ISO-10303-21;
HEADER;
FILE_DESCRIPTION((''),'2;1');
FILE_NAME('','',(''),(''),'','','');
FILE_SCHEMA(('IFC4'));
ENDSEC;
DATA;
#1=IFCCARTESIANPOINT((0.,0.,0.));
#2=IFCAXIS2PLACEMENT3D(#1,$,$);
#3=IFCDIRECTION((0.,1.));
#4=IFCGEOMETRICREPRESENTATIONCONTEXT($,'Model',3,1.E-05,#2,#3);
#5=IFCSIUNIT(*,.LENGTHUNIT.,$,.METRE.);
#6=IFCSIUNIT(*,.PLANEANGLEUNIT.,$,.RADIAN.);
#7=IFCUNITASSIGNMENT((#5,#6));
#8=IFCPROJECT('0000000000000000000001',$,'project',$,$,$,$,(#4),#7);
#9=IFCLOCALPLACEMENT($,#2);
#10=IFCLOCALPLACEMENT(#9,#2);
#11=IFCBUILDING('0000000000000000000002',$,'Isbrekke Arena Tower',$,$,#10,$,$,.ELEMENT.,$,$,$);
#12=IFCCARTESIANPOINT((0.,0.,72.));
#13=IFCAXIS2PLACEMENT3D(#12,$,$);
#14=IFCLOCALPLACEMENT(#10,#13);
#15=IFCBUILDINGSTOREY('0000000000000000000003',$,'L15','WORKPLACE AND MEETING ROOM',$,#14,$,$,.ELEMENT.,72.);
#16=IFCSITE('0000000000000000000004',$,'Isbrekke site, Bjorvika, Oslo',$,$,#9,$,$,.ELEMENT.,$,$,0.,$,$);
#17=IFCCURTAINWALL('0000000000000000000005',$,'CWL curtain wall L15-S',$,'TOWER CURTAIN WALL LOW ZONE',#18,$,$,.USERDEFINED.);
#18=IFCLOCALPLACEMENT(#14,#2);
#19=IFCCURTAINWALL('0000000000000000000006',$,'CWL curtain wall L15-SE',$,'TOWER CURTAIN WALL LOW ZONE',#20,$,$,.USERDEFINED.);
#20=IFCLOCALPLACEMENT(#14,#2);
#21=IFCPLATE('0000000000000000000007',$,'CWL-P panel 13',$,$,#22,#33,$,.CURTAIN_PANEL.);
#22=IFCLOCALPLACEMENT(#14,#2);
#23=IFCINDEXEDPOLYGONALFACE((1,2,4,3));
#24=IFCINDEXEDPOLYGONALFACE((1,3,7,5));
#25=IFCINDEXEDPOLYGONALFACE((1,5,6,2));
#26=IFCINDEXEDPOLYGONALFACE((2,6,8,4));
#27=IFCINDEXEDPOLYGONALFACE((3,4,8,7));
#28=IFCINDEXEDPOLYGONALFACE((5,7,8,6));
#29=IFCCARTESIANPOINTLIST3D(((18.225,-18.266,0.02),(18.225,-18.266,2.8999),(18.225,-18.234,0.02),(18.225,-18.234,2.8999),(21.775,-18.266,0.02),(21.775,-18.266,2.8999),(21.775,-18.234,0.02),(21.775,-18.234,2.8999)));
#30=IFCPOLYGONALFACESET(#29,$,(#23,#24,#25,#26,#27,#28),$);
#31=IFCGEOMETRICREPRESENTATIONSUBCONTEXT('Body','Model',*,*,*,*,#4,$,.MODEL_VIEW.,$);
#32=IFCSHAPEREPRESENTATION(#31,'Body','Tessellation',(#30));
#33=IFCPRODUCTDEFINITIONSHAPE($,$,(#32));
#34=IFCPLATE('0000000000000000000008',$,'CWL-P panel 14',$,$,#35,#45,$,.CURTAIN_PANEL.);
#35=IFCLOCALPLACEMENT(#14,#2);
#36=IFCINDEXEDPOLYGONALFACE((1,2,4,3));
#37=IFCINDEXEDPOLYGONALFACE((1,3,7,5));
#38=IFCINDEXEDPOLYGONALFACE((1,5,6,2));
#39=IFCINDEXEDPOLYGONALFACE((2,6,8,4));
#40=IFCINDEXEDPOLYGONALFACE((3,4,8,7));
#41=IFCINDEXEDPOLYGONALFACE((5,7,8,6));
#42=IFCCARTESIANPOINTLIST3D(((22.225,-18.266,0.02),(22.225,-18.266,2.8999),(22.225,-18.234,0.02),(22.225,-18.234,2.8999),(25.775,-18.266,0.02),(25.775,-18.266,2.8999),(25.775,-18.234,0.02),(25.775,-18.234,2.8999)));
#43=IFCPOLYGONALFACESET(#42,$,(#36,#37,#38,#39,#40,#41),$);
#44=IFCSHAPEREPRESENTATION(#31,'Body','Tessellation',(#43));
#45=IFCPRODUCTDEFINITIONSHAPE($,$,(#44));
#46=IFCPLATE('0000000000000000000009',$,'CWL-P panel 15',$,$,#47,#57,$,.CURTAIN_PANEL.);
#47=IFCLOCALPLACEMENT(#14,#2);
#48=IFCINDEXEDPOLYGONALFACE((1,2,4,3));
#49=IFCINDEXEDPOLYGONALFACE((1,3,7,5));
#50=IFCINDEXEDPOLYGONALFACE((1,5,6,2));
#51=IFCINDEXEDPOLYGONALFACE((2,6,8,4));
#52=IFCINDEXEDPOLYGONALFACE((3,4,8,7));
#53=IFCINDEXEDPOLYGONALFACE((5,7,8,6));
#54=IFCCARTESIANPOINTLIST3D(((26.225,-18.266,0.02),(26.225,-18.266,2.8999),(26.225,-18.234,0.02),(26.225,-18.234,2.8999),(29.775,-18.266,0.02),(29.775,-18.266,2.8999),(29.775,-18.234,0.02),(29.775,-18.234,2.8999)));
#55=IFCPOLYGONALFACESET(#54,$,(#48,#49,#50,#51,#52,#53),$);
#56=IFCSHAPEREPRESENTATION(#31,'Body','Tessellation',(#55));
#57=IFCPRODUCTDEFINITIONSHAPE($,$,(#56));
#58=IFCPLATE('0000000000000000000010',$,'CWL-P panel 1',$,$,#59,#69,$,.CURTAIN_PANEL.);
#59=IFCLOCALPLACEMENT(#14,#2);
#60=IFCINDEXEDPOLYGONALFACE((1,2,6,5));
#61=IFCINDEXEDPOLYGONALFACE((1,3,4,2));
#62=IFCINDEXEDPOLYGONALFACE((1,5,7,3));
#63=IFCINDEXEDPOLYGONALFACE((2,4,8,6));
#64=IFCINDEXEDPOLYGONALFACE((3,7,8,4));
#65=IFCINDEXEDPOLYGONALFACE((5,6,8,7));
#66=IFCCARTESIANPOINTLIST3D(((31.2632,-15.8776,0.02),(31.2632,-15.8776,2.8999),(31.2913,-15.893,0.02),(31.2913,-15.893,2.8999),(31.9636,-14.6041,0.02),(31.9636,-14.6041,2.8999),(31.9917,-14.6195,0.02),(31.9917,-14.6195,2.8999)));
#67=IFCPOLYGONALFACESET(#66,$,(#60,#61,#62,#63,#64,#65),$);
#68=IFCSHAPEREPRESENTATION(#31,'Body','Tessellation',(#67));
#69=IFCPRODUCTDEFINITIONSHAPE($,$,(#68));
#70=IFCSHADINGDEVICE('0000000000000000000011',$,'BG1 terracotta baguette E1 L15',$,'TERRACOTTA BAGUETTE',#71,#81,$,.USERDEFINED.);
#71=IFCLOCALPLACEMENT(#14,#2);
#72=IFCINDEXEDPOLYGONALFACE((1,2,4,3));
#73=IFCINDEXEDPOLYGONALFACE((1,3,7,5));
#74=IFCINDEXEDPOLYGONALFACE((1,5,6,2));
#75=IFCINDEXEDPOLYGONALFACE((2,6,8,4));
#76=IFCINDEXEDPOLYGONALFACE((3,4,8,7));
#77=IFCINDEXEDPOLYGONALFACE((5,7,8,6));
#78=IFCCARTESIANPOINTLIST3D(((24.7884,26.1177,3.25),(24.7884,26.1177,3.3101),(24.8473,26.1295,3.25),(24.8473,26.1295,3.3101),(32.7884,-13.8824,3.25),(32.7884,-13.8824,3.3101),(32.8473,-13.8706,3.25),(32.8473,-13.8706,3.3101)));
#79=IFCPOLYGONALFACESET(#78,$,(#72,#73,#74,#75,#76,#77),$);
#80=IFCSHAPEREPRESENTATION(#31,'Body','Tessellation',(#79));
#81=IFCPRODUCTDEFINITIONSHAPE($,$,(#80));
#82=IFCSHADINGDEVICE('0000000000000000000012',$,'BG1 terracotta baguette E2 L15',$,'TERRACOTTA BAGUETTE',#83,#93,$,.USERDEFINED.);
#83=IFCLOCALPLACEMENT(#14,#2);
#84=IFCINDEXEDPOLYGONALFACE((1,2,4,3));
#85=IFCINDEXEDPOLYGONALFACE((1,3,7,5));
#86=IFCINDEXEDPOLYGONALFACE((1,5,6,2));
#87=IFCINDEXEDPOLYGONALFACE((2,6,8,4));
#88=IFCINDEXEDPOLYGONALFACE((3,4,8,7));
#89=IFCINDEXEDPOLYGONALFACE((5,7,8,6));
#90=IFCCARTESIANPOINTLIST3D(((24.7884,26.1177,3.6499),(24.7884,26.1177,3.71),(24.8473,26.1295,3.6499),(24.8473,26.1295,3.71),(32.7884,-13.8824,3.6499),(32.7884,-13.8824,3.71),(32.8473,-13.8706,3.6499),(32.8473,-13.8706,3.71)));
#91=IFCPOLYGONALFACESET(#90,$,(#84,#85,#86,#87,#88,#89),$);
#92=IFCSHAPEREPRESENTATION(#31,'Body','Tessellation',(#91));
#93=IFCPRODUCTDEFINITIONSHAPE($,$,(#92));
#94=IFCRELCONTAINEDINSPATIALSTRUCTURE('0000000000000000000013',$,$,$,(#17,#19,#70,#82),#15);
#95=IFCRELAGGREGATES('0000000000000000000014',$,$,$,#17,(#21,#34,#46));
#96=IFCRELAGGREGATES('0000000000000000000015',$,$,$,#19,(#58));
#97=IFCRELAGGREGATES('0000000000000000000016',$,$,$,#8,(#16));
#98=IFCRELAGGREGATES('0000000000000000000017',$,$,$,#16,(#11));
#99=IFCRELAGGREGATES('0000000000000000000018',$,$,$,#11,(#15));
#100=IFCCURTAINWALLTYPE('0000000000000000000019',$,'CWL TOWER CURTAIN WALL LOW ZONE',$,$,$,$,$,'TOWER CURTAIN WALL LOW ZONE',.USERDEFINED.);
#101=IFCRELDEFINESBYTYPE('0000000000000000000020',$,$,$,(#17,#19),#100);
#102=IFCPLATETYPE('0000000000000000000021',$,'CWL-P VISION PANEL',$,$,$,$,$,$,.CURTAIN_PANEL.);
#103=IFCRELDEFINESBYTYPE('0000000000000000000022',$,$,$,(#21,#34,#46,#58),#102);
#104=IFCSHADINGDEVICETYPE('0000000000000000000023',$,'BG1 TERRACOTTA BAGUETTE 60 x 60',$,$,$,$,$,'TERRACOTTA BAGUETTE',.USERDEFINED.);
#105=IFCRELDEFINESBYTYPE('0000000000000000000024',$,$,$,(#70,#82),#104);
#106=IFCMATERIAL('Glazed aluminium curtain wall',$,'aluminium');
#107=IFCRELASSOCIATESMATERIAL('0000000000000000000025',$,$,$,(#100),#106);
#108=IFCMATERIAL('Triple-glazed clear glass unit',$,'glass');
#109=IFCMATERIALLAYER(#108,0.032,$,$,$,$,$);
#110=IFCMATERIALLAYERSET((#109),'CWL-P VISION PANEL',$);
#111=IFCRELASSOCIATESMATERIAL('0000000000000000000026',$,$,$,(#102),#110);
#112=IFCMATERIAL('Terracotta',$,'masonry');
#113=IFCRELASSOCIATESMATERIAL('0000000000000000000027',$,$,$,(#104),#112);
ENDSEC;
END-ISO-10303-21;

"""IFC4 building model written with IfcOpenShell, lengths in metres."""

from ifc_helpers import new_model, si_unit, direction, frame, origin, origin_2d, place, context, subcontext, project, spatial, rectangle, extrude, material, layer, layer_set, material_profile, profile_set, type_object, element, aggregate, save


model = new_model("IFC4")

# Units and contexts
model_context = context("Model", 3, precision=1e-05, world=origin(), true_north=direction((0.0, 1.0)))
body_context = subcontext(model_context, "Body", "Model", "MODEL_VIEW")
ifc_project = project(units=[si_unit("LENGTHUNIT", "METRE"), si_unit("PLANEANGLEUNIT", "RADIAN")], contexts=[model_context])

# Site, building, storey
site_placement = place(None, origin())
site = spatial("IfcSite", under=ifc_project, at=site_placement, Name="Isbrekke site, Bjorvika, Oslo", CompositionType="ELEMENT", RefElevation=0.0)
building_placement = place(site_placement, origin())
building = spatial("IfcBuilding", under=site, at=building_placement, Name="Isbrekke Arena Tower", CompositionType="ELEMENT")
storey_placement = place(building_placement, frame((0.0, 0.0, 72.0)))
storey = spatial("IfcBuildingStorey", under=building, at=storey_placement, Name="L15", Description="WORKPLACE AND MEETING ROOM", CompositionType="ELEMENT", Elevation=72.0)

# Curtain walls
ifc_material_1 = material(Name="Glazed aluminium curtain wall", Category="aluminium")
curtain_wall_type = type_object("IfcCurtainWallType", Name="CWL TOWER CURTAIN WALL LOW ZONE", ElementType="TOWER CURTAIN WALL LOW ZONE", PredefinedType="USERDEFINED", material=ifc_material_1)
curtain_wall_1_placement = place(storey_placement, origin())
curtain_wall_1 = element("IfcCurtainWall", 1, at=curtain_wall_1_placement, inside=storey, type_object=curtain_wall_type, Name="CWL curtain wall L15-S", ObjectType="TOWER CURTAIN WALL LOW ZONE", PredefinedType="USERDEFINED")
curtain_wall_2_placement = place(storey_placement, origin())
curtain_wall_2 = element("IfcCurtainWall", 2, at=curtain_wall_2_placement, inside=storey, type_object=curtain_wall_type, Name="CWL curtain wall L15-SE", ObjectType="TOWER CURTAIN WALL LOW ZONE", PredefinedType="USERDEFINED")

# Plates
ifc_material_2 = material(Name="Triple-glazed clear glass unit", Category="glass")
ifc_layer = layer(ifc_material_2, 0.032)
ifc_layer_set = layer_set([ifc_layer], Name="CWL-P VISION PANEL")
plate_type = type_object("IfcPlateType", Name="CWL-P VISION PANEL", PredefinedType="CURTAIN_PANEL", material=ifc_layer_set)
plate_1_placement = place(storey_placement, frame((20.0, -18.25, 0.02), z_axis=(0.0, 0.0, 1.0), x_axis=(1.0, 0.0, 0.0)))
plate_1 = element("IfcPlate", 3, at=plate_1_placement, type_object=plate_type, Name="CWL-P panel 13", PredefinedType="CURTAIN_PANEL", context=body_context, shape_type="SweptSolid", body=[
    extrude(rectangle(XDim=3.55, YDim=0.032, at=origin_2d()), origin(), (0.0, 0.0, 1.0), 2.8799),
])
plate_2_placement = place(storey_placement, frame((24.0, -18.25, 0.02), z_axis=(0.0, 0.0, 1.0), x_axis=(1.0, 0.0, 0.0)))
plate_2 = element("IfcPlate", 4, at=plate_2_placement, type_object=plate_type, Name="CWL-P panel 14", PredefinedType="CURTAIN_PANEL", context=body_context, shape_type="SweptSolid", body=[
    extrude(rectangle(XDim=3.55, YDim=0.032, at=origin_2d()), origin(), (0.0, 0.0, 1.0), 2.8799),
])
plate_3_placement = place(storey_placement, frame((28.0, -18.25, 0.02), z_axis=(0.0, 0.0, 1.0), x_axis=(1.0, 0.0, 0.0)))
plate_3 = element("IfcPlate", 5, at=plate_3_placement, type_object=plate_type, Name="CWL-P panel 15", PredefinedType="CURTAIN_PANEL", context=body_context, shape_type="SweptSolid", body=[
    extrude(rectangle(XDim=3.55, YDim=0.032, at=origin_2d()), origin(), (0.0, 0.0, 1.0), 2.8799),
])
aggregate(curtain_wall_1, [plate_1, plate_2, plate_3])
plate_4_placement = place(storey_placement, frame((31.6274, -15.2485, 0.02), z_axis=(0.0, 0.0, 1.0), x_axis=(0.481919, 0.876216, 0.0)))
plate_4 = element("IfcPlate", 6, at=plate_4_placement, type_object=plate_type, Name="CWL-P panel 1", PredefinedType="CURTAIN_PANEL", context=body_context, shape_type="SweptSolid", body=[
    extrude(rectangle(XDim=1.4534, YDim=0.032, at=origin_2d()), origin(), (0.0, 0.0, 1.0), 2.8799),
])
aggregate(curtain_wall_2, [plate_4])

# Shading devices
ifc_material_3 = material(Name="Terracotta", Category="masonry")
ifc_material_profile_1 = material_profile(ifc_material_3, rectangle(XDim=0.0601, YDim=0.0601, at=origin_2d()), Name="BAGUETTE 60X60")
ifc_profile_set_1 = profile_set([ifc_material_profile_1], Name="Terracotta")
shading_device_type = type_object("IfcShadingDeviceType", Name="BG1 TERRACOTTA BAGUETTE 60 x 60", ElementType="TERRACOTTA BAGUETTE", PredefinedType="USERDEFINED", material=ifc_profile_set_1)
for number, where, z_axis, x_axis, name in (
    (7, (32.8179, -13.8765, 3.28), (-0.196116, 0.980581, 0.0), (-0.980581, -0.196116, 0.0), "BG1 terracotta baguette E1 L15"),
    (8, (32.8179, -13.8765, 3.6799), (-0.196116, 0.980581, 0.0), (-0.980581, -0.196116, 0.0), "BG1 terracotta baguette E2 L15"),
):
    element("IfcShadingDevice", number, at=place(storey_placement, frame(where, z_axis=z_axis, x_axis=x_axis)), inside=storey, type_object=shading_device_type, Name=name, ObjectType="TERRACOTTA BAGUETTE", PredefinedType="USERDEFINED", context=body_context, shape_type="SweptSolid", body=[
        extrude(rectangle(XDim=0.0601, YDim=0.0601, at=origin_2d()), origin(), (0.0, 0.0, 1.0), 40.7922),
    ])

save(model, "model.ifc")
